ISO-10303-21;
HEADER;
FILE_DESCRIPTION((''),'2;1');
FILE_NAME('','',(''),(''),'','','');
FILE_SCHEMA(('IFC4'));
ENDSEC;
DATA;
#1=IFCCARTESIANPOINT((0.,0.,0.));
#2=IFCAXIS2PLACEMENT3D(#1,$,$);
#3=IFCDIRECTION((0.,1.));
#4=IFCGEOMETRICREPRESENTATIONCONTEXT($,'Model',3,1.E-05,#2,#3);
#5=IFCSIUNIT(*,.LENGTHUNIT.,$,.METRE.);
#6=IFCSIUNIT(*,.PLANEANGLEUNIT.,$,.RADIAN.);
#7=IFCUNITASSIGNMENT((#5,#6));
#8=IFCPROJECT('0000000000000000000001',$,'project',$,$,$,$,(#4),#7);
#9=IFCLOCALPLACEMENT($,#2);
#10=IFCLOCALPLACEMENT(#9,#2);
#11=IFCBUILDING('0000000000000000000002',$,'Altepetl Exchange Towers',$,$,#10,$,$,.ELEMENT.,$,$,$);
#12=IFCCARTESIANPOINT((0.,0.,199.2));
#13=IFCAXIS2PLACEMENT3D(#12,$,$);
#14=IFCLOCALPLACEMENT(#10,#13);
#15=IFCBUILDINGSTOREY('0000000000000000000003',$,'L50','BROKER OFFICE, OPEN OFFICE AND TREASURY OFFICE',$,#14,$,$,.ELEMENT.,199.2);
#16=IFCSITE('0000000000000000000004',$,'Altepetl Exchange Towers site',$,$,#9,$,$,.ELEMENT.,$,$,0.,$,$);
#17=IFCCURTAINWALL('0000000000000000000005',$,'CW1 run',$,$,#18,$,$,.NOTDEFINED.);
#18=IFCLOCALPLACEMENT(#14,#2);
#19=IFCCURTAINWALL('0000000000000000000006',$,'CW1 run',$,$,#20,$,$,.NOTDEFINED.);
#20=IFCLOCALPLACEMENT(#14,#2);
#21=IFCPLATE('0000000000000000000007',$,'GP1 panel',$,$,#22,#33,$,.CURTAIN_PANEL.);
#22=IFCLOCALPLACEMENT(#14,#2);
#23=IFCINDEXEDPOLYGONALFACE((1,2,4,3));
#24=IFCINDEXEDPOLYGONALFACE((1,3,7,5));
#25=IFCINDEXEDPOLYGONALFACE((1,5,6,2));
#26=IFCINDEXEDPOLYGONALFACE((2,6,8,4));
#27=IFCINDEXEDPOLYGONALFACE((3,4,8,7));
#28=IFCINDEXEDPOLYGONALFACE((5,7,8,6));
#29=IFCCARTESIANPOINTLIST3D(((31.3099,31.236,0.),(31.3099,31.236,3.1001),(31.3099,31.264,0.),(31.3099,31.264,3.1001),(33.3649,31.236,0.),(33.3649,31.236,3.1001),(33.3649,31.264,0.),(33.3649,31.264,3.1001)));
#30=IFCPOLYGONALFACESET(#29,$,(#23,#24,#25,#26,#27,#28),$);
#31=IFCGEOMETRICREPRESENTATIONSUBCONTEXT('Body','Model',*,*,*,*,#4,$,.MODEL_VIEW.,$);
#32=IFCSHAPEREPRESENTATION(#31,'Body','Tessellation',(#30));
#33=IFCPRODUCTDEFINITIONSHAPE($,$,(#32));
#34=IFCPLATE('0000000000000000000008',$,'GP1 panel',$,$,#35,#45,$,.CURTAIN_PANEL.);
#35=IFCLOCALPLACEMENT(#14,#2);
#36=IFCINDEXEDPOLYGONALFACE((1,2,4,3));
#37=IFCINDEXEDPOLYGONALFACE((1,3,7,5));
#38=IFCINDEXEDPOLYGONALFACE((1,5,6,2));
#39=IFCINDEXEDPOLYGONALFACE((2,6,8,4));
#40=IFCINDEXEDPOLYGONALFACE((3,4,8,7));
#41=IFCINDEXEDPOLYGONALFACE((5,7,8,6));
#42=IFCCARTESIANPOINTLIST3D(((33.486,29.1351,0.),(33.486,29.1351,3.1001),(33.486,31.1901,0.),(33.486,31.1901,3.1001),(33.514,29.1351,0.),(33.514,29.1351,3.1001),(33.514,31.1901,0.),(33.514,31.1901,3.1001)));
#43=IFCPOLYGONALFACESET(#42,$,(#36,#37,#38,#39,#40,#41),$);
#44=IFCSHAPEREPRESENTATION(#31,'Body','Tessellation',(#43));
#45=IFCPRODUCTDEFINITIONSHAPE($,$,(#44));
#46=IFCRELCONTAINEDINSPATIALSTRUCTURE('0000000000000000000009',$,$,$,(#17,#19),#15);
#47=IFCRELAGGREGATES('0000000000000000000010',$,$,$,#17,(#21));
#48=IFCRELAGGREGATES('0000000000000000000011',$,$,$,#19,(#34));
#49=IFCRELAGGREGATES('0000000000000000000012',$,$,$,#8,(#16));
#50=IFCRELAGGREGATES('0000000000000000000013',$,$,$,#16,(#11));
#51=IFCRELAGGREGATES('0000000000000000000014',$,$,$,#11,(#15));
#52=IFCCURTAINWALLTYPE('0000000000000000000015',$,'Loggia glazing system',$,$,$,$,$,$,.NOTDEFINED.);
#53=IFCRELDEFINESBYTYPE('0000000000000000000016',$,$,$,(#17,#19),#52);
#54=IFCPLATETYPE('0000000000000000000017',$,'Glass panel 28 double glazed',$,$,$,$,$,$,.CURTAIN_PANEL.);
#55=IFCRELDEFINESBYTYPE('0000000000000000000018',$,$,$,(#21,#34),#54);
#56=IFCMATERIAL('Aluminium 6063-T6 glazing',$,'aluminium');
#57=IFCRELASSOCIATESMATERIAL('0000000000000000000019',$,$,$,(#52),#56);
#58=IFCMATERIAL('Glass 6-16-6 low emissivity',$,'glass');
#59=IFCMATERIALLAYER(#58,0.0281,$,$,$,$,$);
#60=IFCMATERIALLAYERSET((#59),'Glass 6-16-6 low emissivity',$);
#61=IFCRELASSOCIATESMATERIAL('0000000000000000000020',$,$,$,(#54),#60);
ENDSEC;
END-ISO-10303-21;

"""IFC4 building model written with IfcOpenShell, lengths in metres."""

from ifc_helpers import new_model, si_unit, direction, frame, origin, origin_2d, place, context, subcontext, project, spatial, rectangle, extrude, material, layer, layer_set, type_object, element, aggregate, save


model = new_model("IFC4")

# Units and contexts
model_context = context("Model", 3, precision=1e-05, world=origin(), true_north=direction((0.0, 1.0)))
body_context = subcontext(model_context, "Body", "Model", "MODEL_VIEW")
ifc_project = project(units=[si_unit("LENGTHUNIT", "METRE"), si_unit("PLANEANGLEUNIT", "RADIAN")], contexts=[model_context])

# Site, building, storey
site_placement = place(None, origin())
site = spatial("IfcSite", under=ifc_project, at=site_placement, Name="Altepetl Exchange Towers site", CompositionType="ELEMENT", RefElevation=0.0)
building_placement = place(site_placement, origin())
building = spatial("IfcBuilding", under=site, at=building_placement, Name="Altepetl Exchange Towers", CompositionType="ELEMENT")
storey_placement = place(building_placement, frame((0.0, 0.0, 199.2)))
storey = spatial("IfcBuildingStorey", under=building, at=storey_placement, Name="L50", Description="BROKER OFFICE, OPEN OFFICE AND TREASURY OFFICE", CompositionType="ELEMENT", Elevation=199.2)

# Curtain walls
ifc_material_1 = material(Name="Aluminium 6063-T6 glazing", Category="aluminium")
curtain_wall_type = type_object("IfcCurtainWallType", Name="Loggia glazing system", PredefinedType="NOTDEFINED", material=ifc_material_1)
curtain_wall_1_placement = place(storey_placement, origin())
curtain_wall_1 = element("IfcCurtainWall", 1, at=curtain_wall_1_placement, inside=storey, type_object=curtain_wall_type, Name="CW1 run", PredefinedType="NOTDEFINED")
curtain_wall_2_placement = place(storey_placement, origin())
curtain_wall_2 = element("IfcCurtainWall", 2, at=curtain_wall_2_placement, inside=storey, type_object=curtain_wall_type, Name="CW1 run", PredefinedType="NOTDEFINED")

# Plates
ifc_material_2 = material(Name="Glass 6-16-6 low emissivity", Category="glass")
ifc_layer = layer(ifc_material_2, 0.0281)
ifc_layer_set = layer_set([ifc_layer], Name="Glass 6-16-6 low emissivity")
plate_type = type_object("IfcPlateType", Name="Glass panel 28 double glazed", PredefinedType="CURTAIN_PANEL", material=ifc_layer_set)
plate_1_placement = place(storey_placement, frame((32.3374, 31.25, 0.0)))
plate_1 = element("IfcPlate", 3, at=plate_1_placement, type_object=plate_type, Name="GP1 panel", PredefinedType="CURTAIN_PANEL", context=body_context, shape_type="SweptSolid", body=[
    extrude(rectangle(XDim=2.0549, YDim=0.0281, at=origin_2d()), origin(), (0.0, 0.0, 1.0), 3.1001),
])
aggregate(curtain_wall_1, [plate_1])
plate_2_placement = place(storey_placement, frame((33.5, 30.1626, 0.0), z_axis=(0.0, 0.0, 1.0), x_axis=(0.0, -1.0, 0.0)))
plate_2 = element("IfcPlate", 4, at=plate_2_placement, type_object=plate_type, Name="GP1 panel", PredefinedType="CURTAIN_PANEL", context=body_context, shape_type="SweptSolid", body=[
    extrude(rectangle(XDim=2.0549, YDim=0.0281, at=origin_2d()), origin(), (0.0, 0.0, 1.0), 3.1001),
])
aggregate(curtain_wall_2, [plate_2])

save(model, "model.ifc")
